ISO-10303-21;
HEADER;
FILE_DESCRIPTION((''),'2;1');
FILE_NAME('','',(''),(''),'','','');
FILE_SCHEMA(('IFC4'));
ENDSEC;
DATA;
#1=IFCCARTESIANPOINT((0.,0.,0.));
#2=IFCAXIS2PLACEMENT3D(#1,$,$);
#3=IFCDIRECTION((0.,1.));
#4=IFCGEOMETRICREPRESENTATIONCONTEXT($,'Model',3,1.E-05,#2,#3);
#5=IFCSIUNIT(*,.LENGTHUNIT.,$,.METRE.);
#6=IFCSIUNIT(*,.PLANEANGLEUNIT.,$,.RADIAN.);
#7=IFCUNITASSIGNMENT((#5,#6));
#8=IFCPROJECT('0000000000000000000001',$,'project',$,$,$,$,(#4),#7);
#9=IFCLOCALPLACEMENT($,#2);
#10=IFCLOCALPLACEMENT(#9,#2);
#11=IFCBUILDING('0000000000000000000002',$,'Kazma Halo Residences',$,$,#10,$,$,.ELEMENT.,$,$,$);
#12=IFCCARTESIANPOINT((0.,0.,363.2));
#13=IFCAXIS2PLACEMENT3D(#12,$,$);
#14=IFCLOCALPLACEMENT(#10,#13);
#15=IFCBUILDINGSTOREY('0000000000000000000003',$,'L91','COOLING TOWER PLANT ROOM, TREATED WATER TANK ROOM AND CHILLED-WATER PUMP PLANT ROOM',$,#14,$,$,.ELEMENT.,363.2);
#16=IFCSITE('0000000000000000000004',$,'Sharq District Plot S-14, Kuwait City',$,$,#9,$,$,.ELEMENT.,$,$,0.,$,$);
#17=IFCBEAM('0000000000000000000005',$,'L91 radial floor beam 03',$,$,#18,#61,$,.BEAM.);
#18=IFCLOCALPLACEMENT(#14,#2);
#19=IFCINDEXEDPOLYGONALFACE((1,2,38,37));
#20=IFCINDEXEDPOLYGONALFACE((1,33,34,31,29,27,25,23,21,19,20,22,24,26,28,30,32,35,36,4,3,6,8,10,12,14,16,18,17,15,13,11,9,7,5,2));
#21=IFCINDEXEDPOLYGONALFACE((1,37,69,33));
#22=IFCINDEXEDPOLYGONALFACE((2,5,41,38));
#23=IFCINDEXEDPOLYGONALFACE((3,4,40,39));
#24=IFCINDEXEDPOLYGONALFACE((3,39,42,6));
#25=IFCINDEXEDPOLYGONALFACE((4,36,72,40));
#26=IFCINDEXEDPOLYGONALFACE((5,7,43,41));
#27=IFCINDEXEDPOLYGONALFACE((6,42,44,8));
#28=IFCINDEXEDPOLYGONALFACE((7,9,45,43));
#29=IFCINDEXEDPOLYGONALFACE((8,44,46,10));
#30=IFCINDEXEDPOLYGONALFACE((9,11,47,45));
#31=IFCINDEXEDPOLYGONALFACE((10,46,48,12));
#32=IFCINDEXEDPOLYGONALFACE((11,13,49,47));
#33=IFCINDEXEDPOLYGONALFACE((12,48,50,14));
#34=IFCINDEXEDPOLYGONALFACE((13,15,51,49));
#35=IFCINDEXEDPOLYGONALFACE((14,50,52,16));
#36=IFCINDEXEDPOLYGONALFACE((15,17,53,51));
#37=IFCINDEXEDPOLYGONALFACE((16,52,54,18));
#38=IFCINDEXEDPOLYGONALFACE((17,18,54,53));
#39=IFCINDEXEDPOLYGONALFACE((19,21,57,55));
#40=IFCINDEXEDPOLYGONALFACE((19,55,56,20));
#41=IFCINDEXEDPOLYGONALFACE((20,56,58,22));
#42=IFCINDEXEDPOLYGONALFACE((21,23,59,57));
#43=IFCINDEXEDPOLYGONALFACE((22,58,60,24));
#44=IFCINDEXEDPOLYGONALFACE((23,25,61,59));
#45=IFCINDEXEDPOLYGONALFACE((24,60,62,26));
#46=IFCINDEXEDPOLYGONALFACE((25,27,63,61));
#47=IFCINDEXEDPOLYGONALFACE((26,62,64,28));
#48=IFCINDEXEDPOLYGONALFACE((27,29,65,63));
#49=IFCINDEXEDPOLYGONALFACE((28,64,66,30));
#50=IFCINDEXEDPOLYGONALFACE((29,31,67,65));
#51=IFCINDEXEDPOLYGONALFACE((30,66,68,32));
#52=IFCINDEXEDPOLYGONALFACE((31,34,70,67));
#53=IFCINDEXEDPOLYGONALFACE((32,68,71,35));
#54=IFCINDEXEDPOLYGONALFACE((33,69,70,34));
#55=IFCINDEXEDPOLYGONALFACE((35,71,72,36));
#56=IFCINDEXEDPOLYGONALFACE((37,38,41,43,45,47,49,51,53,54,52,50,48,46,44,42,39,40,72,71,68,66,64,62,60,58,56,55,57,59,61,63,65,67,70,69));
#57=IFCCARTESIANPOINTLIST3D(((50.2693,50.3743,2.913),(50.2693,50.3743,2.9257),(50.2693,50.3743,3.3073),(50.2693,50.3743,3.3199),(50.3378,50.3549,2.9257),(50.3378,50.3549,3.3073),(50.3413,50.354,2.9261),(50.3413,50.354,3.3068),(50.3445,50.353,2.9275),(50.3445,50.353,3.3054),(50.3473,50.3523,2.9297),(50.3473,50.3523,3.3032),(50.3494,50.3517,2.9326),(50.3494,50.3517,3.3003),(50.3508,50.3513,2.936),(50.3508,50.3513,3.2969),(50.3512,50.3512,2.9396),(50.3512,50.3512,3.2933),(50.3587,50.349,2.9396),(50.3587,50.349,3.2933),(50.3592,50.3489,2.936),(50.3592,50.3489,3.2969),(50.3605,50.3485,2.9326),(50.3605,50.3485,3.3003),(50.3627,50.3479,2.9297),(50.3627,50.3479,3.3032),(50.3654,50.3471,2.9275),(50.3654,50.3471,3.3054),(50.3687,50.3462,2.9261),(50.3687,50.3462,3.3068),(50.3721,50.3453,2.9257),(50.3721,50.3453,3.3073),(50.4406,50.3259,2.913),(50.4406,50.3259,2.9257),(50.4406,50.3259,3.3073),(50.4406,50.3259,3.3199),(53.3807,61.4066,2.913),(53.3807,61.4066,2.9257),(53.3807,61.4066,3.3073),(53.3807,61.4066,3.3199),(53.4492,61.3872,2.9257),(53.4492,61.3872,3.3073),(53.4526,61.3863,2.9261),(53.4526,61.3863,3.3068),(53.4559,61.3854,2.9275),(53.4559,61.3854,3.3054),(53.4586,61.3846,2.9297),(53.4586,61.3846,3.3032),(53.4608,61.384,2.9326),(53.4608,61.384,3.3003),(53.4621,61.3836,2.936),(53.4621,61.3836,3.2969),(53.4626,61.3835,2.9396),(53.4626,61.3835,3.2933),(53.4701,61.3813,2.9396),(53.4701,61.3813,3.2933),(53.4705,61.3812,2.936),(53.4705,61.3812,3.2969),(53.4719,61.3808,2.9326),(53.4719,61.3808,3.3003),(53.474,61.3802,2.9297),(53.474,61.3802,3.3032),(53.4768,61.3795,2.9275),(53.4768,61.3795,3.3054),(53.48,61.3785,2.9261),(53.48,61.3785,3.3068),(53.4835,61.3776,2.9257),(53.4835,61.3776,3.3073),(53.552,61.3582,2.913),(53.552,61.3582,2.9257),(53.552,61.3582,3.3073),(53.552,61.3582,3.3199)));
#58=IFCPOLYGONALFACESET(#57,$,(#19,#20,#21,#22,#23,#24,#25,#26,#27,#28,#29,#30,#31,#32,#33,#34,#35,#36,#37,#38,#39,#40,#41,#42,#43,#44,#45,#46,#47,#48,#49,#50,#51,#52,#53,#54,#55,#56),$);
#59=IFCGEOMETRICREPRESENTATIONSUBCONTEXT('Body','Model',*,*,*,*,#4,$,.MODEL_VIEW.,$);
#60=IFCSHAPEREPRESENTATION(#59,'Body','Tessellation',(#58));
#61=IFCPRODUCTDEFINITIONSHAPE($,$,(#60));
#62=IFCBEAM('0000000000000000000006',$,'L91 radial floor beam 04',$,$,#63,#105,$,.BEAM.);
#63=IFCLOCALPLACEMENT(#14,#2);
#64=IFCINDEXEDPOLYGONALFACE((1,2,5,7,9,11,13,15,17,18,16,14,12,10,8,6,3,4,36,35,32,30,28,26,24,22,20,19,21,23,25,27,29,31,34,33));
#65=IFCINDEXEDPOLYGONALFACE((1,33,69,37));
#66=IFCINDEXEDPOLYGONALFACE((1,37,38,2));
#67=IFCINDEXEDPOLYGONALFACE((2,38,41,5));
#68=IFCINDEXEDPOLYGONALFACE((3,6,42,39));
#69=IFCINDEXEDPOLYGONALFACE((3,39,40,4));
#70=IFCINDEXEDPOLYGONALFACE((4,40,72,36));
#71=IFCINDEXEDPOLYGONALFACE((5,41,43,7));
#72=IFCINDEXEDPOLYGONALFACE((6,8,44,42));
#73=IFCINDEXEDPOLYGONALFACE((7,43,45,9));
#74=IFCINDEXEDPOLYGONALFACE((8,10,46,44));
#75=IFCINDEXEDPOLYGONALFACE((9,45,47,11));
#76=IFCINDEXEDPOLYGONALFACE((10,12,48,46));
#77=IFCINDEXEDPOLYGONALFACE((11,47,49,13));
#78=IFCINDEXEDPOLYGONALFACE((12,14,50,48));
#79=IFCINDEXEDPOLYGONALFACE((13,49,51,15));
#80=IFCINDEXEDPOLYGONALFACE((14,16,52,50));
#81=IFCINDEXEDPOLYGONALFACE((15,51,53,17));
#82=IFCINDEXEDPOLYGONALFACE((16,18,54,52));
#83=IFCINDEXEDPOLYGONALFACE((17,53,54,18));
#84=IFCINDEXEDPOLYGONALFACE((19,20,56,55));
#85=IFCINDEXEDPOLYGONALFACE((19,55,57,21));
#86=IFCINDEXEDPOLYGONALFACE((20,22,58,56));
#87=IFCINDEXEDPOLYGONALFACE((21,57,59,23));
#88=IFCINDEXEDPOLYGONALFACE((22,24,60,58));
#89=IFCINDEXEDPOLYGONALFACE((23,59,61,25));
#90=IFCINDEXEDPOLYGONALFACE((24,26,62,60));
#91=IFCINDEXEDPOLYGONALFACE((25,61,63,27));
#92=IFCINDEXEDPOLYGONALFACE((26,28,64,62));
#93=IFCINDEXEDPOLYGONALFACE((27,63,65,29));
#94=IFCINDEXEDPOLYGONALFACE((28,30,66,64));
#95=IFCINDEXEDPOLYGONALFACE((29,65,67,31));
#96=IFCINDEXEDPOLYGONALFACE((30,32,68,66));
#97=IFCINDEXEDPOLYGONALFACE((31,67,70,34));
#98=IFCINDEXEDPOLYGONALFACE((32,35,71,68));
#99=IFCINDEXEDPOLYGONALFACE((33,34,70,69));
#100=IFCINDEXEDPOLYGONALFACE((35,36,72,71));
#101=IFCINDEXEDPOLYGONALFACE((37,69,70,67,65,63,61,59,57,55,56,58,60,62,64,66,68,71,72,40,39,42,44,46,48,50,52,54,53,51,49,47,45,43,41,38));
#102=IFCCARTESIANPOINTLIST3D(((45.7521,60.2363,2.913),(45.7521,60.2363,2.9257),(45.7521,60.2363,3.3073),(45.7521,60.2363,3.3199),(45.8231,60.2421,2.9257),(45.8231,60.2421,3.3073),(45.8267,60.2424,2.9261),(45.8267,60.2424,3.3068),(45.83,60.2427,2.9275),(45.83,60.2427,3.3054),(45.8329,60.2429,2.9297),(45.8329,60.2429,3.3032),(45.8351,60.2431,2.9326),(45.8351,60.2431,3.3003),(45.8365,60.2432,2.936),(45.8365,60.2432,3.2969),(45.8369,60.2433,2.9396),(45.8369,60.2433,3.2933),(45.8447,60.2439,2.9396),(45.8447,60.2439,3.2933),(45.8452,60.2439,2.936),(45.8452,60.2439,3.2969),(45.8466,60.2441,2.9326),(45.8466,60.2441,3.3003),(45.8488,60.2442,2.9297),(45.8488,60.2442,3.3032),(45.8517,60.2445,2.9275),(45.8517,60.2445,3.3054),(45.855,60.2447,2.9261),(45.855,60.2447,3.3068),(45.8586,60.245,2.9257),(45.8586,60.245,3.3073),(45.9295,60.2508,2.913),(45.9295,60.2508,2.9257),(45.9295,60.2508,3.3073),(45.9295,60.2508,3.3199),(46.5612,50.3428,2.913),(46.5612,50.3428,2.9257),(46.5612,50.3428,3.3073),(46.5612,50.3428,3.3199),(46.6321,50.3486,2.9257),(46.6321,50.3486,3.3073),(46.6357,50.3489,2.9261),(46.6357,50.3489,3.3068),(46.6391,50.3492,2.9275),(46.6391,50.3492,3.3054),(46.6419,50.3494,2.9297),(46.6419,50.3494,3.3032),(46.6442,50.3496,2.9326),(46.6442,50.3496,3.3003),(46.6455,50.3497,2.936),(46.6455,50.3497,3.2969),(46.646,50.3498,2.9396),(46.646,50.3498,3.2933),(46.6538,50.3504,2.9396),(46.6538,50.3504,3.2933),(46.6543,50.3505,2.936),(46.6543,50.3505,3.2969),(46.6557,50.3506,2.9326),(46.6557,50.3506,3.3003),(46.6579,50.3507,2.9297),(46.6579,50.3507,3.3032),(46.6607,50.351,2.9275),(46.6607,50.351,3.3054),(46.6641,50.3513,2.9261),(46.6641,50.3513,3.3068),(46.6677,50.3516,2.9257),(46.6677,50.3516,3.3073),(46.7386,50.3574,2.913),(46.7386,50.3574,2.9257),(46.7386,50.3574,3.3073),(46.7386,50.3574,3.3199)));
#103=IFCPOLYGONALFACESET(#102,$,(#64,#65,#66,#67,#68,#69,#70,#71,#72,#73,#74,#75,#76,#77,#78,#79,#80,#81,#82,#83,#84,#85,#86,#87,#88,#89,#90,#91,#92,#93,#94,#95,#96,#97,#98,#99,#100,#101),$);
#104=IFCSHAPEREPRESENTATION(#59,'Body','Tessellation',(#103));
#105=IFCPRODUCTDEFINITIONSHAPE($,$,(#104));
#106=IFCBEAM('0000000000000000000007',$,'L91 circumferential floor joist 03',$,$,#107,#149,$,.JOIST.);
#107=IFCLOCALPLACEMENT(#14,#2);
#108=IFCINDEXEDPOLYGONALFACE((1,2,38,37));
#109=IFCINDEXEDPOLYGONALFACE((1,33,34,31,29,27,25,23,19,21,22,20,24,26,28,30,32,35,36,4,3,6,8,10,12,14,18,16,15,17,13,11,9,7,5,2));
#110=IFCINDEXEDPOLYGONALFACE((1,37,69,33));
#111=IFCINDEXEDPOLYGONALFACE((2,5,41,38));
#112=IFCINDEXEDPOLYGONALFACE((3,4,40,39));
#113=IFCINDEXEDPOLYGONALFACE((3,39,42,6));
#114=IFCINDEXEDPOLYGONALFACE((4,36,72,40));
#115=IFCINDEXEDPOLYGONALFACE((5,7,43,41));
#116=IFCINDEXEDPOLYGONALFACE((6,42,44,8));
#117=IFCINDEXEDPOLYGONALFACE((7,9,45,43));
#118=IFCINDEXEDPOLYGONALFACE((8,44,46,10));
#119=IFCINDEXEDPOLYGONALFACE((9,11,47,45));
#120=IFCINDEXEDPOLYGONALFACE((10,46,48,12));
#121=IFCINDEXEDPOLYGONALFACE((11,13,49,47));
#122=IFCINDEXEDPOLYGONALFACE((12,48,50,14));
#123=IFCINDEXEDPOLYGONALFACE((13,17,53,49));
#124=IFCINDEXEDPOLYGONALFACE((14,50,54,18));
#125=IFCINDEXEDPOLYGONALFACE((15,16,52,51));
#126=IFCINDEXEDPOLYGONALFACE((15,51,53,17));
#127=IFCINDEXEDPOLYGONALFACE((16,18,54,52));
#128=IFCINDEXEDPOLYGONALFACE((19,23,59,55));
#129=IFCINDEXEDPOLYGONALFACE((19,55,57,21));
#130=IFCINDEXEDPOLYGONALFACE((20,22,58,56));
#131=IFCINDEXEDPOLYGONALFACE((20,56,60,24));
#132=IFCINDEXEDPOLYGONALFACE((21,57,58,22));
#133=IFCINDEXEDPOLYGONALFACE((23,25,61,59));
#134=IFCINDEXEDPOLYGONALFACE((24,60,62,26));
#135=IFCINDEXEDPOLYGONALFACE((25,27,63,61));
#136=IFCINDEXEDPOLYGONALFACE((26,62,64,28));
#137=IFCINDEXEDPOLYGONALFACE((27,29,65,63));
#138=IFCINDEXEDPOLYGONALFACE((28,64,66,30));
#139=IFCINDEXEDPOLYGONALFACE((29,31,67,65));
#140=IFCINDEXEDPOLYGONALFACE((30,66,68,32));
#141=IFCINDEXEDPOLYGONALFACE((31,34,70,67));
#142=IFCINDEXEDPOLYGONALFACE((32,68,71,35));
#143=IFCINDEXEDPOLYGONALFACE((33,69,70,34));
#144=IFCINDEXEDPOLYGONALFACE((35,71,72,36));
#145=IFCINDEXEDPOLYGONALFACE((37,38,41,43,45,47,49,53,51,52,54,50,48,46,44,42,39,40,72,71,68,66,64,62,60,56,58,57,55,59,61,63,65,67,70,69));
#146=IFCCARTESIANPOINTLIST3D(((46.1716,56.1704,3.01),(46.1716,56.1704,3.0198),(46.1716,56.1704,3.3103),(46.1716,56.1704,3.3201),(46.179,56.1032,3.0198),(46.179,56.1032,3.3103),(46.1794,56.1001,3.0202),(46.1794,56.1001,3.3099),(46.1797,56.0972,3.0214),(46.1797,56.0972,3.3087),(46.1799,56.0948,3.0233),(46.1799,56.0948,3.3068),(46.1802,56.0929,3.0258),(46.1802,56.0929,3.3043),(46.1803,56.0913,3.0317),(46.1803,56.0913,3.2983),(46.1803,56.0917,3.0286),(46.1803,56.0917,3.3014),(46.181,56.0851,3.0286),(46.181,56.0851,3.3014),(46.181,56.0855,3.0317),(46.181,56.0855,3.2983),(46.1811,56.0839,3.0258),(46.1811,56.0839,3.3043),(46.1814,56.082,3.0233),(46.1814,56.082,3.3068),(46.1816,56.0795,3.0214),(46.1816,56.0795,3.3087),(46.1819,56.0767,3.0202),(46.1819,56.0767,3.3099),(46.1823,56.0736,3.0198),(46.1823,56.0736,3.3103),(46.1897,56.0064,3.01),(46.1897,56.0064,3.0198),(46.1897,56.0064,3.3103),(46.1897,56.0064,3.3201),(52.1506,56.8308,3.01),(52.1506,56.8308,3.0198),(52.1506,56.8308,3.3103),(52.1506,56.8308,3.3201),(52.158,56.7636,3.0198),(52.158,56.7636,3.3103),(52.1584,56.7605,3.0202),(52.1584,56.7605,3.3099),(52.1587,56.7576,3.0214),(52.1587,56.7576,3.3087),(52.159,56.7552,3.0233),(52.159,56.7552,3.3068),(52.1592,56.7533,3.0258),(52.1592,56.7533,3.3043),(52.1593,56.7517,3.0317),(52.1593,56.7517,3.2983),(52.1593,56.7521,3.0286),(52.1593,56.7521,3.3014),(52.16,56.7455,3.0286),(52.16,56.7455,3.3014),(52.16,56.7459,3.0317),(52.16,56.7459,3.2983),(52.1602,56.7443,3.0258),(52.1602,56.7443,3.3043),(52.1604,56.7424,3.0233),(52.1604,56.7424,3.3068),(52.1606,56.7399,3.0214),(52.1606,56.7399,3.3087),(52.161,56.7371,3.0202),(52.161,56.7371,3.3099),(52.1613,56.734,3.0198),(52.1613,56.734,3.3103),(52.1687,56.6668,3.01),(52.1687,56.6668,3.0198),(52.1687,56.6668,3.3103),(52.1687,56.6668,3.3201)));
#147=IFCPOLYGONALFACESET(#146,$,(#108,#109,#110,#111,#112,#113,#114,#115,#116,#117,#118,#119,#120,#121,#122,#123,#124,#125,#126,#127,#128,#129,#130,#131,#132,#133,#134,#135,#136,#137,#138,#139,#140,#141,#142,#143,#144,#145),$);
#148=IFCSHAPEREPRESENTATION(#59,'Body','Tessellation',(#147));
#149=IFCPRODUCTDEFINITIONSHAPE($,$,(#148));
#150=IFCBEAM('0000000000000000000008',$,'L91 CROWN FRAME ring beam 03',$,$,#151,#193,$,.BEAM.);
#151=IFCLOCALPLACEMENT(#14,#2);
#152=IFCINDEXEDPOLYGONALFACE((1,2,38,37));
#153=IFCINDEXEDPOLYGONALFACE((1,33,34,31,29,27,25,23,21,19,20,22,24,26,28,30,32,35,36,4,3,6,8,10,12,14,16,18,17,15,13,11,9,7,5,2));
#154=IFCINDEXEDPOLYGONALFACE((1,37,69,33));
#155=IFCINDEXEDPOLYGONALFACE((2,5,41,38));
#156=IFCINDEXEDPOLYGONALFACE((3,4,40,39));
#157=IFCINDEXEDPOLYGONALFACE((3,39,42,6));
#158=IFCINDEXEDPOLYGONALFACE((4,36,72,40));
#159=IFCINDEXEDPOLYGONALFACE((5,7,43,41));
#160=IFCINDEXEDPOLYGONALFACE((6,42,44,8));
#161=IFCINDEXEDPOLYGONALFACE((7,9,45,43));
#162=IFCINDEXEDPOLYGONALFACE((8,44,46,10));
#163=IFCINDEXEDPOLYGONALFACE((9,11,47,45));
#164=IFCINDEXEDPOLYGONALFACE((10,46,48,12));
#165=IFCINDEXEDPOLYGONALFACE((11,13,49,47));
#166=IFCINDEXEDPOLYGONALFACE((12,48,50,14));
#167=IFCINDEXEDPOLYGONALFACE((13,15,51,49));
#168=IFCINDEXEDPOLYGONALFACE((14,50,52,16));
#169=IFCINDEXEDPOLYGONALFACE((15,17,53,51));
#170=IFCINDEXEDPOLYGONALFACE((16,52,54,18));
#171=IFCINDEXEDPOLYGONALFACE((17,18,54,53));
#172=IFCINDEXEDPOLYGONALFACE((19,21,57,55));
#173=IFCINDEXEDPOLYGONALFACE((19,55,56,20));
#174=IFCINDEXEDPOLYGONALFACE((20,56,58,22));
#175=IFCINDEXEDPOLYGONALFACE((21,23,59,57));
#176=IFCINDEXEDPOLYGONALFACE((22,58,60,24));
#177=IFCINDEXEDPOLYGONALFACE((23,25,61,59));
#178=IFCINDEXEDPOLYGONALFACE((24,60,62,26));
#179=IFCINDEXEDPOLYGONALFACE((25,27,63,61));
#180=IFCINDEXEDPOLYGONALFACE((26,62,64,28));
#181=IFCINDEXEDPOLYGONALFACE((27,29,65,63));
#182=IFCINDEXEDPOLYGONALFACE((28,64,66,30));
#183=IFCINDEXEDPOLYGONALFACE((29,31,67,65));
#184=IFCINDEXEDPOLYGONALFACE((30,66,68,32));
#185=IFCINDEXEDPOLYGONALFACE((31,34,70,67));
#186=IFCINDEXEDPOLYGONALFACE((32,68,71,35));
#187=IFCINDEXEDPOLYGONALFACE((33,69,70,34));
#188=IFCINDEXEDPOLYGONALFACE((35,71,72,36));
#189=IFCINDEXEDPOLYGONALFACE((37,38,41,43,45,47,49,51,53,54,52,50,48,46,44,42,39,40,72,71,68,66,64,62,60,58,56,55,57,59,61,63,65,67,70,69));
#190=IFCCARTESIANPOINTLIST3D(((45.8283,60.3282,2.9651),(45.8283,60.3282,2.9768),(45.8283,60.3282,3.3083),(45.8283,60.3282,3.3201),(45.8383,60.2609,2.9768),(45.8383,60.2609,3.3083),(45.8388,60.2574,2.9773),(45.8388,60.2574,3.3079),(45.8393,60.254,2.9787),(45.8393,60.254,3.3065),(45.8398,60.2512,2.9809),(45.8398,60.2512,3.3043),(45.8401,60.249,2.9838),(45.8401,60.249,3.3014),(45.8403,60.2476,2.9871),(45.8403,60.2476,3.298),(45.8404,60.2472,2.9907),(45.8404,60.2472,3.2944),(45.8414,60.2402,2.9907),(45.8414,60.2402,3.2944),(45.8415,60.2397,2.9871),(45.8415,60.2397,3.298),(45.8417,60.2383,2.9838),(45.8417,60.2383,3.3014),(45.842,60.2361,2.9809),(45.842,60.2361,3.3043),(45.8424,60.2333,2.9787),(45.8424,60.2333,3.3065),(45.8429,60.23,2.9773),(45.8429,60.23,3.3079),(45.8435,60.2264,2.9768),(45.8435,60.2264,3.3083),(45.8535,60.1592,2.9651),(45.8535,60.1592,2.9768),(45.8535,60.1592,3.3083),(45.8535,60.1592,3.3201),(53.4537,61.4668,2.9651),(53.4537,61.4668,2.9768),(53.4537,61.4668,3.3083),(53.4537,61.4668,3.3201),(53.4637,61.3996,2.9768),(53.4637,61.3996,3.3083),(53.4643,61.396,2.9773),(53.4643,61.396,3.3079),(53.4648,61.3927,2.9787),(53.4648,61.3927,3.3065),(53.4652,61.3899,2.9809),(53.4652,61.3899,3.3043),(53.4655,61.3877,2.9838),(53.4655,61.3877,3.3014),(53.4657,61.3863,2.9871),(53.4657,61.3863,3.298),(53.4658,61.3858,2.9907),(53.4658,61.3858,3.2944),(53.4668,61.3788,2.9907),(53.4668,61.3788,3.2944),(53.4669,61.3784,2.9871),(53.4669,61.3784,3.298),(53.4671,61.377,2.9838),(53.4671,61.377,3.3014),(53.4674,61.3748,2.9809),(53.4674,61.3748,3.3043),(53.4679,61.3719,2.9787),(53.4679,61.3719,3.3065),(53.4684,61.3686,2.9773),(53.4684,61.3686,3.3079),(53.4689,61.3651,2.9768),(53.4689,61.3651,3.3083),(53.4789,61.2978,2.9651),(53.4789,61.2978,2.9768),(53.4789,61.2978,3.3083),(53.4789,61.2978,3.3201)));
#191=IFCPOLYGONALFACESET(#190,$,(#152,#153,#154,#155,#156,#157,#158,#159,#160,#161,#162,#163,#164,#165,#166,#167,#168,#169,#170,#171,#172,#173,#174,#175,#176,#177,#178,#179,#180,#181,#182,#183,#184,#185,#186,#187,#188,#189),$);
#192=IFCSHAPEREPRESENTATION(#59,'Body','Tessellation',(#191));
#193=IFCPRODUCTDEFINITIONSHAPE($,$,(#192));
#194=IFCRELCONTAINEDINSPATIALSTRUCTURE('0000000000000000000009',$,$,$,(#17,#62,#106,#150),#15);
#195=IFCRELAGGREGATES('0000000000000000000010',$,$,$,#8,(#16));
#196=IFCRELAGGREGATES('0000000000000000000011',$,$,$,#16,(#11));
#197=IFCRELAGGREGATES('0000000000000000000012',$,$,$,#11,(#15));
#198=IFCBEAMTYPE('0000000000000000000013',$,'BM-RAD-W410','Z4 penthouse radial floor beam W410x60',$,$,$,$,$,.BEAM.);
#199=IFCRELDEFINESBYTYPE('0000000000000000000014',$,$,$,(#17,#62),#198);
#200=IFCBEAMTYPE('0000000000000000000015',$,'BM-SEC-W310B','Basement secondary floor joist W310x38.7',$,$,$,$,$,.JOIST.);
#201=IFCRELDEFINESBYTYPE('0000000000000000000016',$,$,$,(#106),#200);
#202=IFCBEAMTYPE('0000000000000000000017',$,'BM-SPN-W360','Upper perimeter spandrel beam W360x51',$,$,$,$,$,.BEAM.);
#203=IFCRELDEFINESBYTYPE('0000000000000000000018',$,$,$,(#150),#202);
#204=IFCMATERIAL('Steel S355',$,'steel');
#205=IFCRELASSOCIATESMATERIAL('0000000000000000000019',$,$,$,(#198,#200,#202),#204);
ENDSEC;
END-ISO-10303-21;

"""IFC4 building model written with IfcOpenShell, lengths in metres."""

from ifc_helpers import new_model, si_unit, direction, frame, origin, origin_2d, place, context, subcontext, project, spatial, i_section, extrude, material, material_profile, profile_set, type_object, element, save


model = new_model("IFC4")

# Units and contexts
model_context = context("Model", 3, precision=1e-05, world=origin(), true_north=direction((0.0, 1.0)))
body_context = subcontext(model_context, "Body", "Model", "MODEL_VIEW")
ifc_project = project(units=[si_unit("LENGTHUNIT", "METRE"), si_unit("PLANEANGLEUNIT", "RADIAN")], contexts=[model_context])

# Site, building, storey
site_placement = place(None, origin())
site = spatial("IfcSite", under=ifc_project, at=site_placement, Name="Sharq District Plot S-14, Kuwait City", CompositionType="ELEMENT", RefElevation=0.0)
building_placement = place(site_placement, origin())
building = spatial("IfcBuilding", under=site, at=building_placement, Name="Kazma Halo Residences", CompositionType="ELEMENT")
storey_placement = place(building_placement, frame((0.0, 0.0, 363.2)))
storey = spatial("IfcBuildingStorey", under=building, at=storey_placement, Name="L91", Description="COOLING TOWER PLANT ROOM, TREATED WATER TANK ROOM AND CHILLED-WATER PUMP PLANT ROOM", CompositionType="ELEMENT", Elevation=363.2)

# Shared definitions
ifc_material_1 = material(Name="Steel S355", Category="steel")

# Beams
ifc_material_profile_1 = material_profile(ifc_material_1, i_section(OverallWidth=0.178, OverallDepth=0.407, WebThickness=0.0078, FlangeThickness=0.0127, FilletRadius=0.0139, at=origin_2d()), Name="W410x60")
ifc_profile_set_1 = profile_set([ifc_material_profile_1], Name="Steel S355")
beam_type_1 = type_object("IfcBeamType", Name="BM-RAD-W410", Description="Z4 penthouse radial floor beam W410x60", PredefinedType="BEAM", material=ifc_profile_set_1)
beam_1_placement = place(storey_placement, frame((50.355, 50.3501, 3.1165), z_axis=(0.271434, 0.962457, 0.0), x_axis=(-0.962457, 0.271434, 0.0)))
element("IfcBeam", 1, at=beam_1_placement, inside=storey, type_object=beam_type_1, Name="L91 radial floor beam 03", PredefinedType="BEAM", context=body_context, shape_type="SweptSolid", body=[
    extrude(i_section(OverallWidth=0.178, OverallDepth=0.407, WebThickness=0.0078, FlangeThickness=0.0127, FilletRadius=0.0139, at=origin_2d()), origin(), (0.0, 0.0, 1.0), 11.4626),
])
beam_2_placement = place(storey_placement, frame((46.6499, 50.3501, 3.1165), z_axis=(-0.081507, 0.996673, 0.0), x_axis=(-0.996673, -0.081507, 0.0)))
element("IfcBeam", 2, at=beam_2_placement, inside=storey, type_object=beam_type_1, Name="L91 radial floor beam 04", PredefinedType="BEAM", context=body_context, shape_type="SweptSolid", body=[
    extrude(i_section(OverallWidth=0.178, OverallDepth=0.407, WebThickness=0.0078, FlangeThickness=0.0127, FilletRadius=0.0139, at=origin_2d()), origin(), (0.0, 0.0, 1.0), 9.9265),
])
ifc_material_profile_2 = material_profile(ifc_material_1, i_section(OverallWidth=0.165, OverallDepth=0.3101, WebThickness=0.0059, FlangeThickness=0.0098, FilletRadius=0.012, at=origin_2d()), Name="W310x38.7")
ifc_profile_set_2 = profile_set([ifc_material_profile_2], Name="Steel S355")
beam_type_2 = type_object("IfcBeamType", Name="BM-SEC-W310B", Description="Basement secondary floor joist W310x38.7", PredefinedType="JOIST", material=ifc_profile_set_2)
beam_3_placement = place(storey_placement, frame((52.1597, 56.7488, 3.165), z_axis=(-0.993955, -0.109786, 0.0), x_axis=(0.109786, -0.993955, 0.0)))
element("IfcBeam", 3, at=beam_3_placement, inside=storey, type_object=beam_type_2, Name="L91 circumferential floor joist 03", PredefinedType="JOIST", context=body_context, shape_type="SweptSolid", body=[
    extrude(i_section(OverallWidth=0.165, OverallDepth=0.3101, WebThickness=0.0059, FlangeThickness=0.0098, FilletRadius=0.012, at=origin_2d()), origin(), (0.0, 0.0, 1.0), 6.0154),
])
ifc_material_profile_3 = material_profile(ifc_material_1, i_section(OverallWidth=0.1709, OverallDepth=0.355, WebThickness=0.0071, FlangeThickness=0.0117, FilletRadius=0.0139, at=origin_2d()), Name="W360x51")
ifc_profile_set_3 = profile_set([ifc_material_profile_3], Name="Steel S355")
beam_type_3 = type_object("IfcBeamType", Name="BM-SPN-W360", Description="Upper perimeter spandrel beam W360x51", PredefinedType="BEAM", material=ifc_profile_set_3)
beam_4_placement = place(storey_placement, frame((53.4663, 61.3823, 3.1426), z_axis=(-0.989034, -0.147687, 0.0), x_axis=(0.147687, -0.989034, 0.0)))
element("IfcBeam", 4, at=beam_4_placement, inside=storey, type_object=beam_type_3, Name="L91 CROWN FRAME ring beam 03", PredefinedType="BEAM", context=body_context, shape_type="SweptSolid", body=[
    extrude(i_section(OverallWidth=0.1709, OverallDepth=0.355, WebThickness=0.0071, FlangeThickness=0.0117, FilletRadius=0.0139, at=origin_2d()), origin(), (0.0, 0.0, 1.0), 7.71),
])

save(model, "model.ifc")
